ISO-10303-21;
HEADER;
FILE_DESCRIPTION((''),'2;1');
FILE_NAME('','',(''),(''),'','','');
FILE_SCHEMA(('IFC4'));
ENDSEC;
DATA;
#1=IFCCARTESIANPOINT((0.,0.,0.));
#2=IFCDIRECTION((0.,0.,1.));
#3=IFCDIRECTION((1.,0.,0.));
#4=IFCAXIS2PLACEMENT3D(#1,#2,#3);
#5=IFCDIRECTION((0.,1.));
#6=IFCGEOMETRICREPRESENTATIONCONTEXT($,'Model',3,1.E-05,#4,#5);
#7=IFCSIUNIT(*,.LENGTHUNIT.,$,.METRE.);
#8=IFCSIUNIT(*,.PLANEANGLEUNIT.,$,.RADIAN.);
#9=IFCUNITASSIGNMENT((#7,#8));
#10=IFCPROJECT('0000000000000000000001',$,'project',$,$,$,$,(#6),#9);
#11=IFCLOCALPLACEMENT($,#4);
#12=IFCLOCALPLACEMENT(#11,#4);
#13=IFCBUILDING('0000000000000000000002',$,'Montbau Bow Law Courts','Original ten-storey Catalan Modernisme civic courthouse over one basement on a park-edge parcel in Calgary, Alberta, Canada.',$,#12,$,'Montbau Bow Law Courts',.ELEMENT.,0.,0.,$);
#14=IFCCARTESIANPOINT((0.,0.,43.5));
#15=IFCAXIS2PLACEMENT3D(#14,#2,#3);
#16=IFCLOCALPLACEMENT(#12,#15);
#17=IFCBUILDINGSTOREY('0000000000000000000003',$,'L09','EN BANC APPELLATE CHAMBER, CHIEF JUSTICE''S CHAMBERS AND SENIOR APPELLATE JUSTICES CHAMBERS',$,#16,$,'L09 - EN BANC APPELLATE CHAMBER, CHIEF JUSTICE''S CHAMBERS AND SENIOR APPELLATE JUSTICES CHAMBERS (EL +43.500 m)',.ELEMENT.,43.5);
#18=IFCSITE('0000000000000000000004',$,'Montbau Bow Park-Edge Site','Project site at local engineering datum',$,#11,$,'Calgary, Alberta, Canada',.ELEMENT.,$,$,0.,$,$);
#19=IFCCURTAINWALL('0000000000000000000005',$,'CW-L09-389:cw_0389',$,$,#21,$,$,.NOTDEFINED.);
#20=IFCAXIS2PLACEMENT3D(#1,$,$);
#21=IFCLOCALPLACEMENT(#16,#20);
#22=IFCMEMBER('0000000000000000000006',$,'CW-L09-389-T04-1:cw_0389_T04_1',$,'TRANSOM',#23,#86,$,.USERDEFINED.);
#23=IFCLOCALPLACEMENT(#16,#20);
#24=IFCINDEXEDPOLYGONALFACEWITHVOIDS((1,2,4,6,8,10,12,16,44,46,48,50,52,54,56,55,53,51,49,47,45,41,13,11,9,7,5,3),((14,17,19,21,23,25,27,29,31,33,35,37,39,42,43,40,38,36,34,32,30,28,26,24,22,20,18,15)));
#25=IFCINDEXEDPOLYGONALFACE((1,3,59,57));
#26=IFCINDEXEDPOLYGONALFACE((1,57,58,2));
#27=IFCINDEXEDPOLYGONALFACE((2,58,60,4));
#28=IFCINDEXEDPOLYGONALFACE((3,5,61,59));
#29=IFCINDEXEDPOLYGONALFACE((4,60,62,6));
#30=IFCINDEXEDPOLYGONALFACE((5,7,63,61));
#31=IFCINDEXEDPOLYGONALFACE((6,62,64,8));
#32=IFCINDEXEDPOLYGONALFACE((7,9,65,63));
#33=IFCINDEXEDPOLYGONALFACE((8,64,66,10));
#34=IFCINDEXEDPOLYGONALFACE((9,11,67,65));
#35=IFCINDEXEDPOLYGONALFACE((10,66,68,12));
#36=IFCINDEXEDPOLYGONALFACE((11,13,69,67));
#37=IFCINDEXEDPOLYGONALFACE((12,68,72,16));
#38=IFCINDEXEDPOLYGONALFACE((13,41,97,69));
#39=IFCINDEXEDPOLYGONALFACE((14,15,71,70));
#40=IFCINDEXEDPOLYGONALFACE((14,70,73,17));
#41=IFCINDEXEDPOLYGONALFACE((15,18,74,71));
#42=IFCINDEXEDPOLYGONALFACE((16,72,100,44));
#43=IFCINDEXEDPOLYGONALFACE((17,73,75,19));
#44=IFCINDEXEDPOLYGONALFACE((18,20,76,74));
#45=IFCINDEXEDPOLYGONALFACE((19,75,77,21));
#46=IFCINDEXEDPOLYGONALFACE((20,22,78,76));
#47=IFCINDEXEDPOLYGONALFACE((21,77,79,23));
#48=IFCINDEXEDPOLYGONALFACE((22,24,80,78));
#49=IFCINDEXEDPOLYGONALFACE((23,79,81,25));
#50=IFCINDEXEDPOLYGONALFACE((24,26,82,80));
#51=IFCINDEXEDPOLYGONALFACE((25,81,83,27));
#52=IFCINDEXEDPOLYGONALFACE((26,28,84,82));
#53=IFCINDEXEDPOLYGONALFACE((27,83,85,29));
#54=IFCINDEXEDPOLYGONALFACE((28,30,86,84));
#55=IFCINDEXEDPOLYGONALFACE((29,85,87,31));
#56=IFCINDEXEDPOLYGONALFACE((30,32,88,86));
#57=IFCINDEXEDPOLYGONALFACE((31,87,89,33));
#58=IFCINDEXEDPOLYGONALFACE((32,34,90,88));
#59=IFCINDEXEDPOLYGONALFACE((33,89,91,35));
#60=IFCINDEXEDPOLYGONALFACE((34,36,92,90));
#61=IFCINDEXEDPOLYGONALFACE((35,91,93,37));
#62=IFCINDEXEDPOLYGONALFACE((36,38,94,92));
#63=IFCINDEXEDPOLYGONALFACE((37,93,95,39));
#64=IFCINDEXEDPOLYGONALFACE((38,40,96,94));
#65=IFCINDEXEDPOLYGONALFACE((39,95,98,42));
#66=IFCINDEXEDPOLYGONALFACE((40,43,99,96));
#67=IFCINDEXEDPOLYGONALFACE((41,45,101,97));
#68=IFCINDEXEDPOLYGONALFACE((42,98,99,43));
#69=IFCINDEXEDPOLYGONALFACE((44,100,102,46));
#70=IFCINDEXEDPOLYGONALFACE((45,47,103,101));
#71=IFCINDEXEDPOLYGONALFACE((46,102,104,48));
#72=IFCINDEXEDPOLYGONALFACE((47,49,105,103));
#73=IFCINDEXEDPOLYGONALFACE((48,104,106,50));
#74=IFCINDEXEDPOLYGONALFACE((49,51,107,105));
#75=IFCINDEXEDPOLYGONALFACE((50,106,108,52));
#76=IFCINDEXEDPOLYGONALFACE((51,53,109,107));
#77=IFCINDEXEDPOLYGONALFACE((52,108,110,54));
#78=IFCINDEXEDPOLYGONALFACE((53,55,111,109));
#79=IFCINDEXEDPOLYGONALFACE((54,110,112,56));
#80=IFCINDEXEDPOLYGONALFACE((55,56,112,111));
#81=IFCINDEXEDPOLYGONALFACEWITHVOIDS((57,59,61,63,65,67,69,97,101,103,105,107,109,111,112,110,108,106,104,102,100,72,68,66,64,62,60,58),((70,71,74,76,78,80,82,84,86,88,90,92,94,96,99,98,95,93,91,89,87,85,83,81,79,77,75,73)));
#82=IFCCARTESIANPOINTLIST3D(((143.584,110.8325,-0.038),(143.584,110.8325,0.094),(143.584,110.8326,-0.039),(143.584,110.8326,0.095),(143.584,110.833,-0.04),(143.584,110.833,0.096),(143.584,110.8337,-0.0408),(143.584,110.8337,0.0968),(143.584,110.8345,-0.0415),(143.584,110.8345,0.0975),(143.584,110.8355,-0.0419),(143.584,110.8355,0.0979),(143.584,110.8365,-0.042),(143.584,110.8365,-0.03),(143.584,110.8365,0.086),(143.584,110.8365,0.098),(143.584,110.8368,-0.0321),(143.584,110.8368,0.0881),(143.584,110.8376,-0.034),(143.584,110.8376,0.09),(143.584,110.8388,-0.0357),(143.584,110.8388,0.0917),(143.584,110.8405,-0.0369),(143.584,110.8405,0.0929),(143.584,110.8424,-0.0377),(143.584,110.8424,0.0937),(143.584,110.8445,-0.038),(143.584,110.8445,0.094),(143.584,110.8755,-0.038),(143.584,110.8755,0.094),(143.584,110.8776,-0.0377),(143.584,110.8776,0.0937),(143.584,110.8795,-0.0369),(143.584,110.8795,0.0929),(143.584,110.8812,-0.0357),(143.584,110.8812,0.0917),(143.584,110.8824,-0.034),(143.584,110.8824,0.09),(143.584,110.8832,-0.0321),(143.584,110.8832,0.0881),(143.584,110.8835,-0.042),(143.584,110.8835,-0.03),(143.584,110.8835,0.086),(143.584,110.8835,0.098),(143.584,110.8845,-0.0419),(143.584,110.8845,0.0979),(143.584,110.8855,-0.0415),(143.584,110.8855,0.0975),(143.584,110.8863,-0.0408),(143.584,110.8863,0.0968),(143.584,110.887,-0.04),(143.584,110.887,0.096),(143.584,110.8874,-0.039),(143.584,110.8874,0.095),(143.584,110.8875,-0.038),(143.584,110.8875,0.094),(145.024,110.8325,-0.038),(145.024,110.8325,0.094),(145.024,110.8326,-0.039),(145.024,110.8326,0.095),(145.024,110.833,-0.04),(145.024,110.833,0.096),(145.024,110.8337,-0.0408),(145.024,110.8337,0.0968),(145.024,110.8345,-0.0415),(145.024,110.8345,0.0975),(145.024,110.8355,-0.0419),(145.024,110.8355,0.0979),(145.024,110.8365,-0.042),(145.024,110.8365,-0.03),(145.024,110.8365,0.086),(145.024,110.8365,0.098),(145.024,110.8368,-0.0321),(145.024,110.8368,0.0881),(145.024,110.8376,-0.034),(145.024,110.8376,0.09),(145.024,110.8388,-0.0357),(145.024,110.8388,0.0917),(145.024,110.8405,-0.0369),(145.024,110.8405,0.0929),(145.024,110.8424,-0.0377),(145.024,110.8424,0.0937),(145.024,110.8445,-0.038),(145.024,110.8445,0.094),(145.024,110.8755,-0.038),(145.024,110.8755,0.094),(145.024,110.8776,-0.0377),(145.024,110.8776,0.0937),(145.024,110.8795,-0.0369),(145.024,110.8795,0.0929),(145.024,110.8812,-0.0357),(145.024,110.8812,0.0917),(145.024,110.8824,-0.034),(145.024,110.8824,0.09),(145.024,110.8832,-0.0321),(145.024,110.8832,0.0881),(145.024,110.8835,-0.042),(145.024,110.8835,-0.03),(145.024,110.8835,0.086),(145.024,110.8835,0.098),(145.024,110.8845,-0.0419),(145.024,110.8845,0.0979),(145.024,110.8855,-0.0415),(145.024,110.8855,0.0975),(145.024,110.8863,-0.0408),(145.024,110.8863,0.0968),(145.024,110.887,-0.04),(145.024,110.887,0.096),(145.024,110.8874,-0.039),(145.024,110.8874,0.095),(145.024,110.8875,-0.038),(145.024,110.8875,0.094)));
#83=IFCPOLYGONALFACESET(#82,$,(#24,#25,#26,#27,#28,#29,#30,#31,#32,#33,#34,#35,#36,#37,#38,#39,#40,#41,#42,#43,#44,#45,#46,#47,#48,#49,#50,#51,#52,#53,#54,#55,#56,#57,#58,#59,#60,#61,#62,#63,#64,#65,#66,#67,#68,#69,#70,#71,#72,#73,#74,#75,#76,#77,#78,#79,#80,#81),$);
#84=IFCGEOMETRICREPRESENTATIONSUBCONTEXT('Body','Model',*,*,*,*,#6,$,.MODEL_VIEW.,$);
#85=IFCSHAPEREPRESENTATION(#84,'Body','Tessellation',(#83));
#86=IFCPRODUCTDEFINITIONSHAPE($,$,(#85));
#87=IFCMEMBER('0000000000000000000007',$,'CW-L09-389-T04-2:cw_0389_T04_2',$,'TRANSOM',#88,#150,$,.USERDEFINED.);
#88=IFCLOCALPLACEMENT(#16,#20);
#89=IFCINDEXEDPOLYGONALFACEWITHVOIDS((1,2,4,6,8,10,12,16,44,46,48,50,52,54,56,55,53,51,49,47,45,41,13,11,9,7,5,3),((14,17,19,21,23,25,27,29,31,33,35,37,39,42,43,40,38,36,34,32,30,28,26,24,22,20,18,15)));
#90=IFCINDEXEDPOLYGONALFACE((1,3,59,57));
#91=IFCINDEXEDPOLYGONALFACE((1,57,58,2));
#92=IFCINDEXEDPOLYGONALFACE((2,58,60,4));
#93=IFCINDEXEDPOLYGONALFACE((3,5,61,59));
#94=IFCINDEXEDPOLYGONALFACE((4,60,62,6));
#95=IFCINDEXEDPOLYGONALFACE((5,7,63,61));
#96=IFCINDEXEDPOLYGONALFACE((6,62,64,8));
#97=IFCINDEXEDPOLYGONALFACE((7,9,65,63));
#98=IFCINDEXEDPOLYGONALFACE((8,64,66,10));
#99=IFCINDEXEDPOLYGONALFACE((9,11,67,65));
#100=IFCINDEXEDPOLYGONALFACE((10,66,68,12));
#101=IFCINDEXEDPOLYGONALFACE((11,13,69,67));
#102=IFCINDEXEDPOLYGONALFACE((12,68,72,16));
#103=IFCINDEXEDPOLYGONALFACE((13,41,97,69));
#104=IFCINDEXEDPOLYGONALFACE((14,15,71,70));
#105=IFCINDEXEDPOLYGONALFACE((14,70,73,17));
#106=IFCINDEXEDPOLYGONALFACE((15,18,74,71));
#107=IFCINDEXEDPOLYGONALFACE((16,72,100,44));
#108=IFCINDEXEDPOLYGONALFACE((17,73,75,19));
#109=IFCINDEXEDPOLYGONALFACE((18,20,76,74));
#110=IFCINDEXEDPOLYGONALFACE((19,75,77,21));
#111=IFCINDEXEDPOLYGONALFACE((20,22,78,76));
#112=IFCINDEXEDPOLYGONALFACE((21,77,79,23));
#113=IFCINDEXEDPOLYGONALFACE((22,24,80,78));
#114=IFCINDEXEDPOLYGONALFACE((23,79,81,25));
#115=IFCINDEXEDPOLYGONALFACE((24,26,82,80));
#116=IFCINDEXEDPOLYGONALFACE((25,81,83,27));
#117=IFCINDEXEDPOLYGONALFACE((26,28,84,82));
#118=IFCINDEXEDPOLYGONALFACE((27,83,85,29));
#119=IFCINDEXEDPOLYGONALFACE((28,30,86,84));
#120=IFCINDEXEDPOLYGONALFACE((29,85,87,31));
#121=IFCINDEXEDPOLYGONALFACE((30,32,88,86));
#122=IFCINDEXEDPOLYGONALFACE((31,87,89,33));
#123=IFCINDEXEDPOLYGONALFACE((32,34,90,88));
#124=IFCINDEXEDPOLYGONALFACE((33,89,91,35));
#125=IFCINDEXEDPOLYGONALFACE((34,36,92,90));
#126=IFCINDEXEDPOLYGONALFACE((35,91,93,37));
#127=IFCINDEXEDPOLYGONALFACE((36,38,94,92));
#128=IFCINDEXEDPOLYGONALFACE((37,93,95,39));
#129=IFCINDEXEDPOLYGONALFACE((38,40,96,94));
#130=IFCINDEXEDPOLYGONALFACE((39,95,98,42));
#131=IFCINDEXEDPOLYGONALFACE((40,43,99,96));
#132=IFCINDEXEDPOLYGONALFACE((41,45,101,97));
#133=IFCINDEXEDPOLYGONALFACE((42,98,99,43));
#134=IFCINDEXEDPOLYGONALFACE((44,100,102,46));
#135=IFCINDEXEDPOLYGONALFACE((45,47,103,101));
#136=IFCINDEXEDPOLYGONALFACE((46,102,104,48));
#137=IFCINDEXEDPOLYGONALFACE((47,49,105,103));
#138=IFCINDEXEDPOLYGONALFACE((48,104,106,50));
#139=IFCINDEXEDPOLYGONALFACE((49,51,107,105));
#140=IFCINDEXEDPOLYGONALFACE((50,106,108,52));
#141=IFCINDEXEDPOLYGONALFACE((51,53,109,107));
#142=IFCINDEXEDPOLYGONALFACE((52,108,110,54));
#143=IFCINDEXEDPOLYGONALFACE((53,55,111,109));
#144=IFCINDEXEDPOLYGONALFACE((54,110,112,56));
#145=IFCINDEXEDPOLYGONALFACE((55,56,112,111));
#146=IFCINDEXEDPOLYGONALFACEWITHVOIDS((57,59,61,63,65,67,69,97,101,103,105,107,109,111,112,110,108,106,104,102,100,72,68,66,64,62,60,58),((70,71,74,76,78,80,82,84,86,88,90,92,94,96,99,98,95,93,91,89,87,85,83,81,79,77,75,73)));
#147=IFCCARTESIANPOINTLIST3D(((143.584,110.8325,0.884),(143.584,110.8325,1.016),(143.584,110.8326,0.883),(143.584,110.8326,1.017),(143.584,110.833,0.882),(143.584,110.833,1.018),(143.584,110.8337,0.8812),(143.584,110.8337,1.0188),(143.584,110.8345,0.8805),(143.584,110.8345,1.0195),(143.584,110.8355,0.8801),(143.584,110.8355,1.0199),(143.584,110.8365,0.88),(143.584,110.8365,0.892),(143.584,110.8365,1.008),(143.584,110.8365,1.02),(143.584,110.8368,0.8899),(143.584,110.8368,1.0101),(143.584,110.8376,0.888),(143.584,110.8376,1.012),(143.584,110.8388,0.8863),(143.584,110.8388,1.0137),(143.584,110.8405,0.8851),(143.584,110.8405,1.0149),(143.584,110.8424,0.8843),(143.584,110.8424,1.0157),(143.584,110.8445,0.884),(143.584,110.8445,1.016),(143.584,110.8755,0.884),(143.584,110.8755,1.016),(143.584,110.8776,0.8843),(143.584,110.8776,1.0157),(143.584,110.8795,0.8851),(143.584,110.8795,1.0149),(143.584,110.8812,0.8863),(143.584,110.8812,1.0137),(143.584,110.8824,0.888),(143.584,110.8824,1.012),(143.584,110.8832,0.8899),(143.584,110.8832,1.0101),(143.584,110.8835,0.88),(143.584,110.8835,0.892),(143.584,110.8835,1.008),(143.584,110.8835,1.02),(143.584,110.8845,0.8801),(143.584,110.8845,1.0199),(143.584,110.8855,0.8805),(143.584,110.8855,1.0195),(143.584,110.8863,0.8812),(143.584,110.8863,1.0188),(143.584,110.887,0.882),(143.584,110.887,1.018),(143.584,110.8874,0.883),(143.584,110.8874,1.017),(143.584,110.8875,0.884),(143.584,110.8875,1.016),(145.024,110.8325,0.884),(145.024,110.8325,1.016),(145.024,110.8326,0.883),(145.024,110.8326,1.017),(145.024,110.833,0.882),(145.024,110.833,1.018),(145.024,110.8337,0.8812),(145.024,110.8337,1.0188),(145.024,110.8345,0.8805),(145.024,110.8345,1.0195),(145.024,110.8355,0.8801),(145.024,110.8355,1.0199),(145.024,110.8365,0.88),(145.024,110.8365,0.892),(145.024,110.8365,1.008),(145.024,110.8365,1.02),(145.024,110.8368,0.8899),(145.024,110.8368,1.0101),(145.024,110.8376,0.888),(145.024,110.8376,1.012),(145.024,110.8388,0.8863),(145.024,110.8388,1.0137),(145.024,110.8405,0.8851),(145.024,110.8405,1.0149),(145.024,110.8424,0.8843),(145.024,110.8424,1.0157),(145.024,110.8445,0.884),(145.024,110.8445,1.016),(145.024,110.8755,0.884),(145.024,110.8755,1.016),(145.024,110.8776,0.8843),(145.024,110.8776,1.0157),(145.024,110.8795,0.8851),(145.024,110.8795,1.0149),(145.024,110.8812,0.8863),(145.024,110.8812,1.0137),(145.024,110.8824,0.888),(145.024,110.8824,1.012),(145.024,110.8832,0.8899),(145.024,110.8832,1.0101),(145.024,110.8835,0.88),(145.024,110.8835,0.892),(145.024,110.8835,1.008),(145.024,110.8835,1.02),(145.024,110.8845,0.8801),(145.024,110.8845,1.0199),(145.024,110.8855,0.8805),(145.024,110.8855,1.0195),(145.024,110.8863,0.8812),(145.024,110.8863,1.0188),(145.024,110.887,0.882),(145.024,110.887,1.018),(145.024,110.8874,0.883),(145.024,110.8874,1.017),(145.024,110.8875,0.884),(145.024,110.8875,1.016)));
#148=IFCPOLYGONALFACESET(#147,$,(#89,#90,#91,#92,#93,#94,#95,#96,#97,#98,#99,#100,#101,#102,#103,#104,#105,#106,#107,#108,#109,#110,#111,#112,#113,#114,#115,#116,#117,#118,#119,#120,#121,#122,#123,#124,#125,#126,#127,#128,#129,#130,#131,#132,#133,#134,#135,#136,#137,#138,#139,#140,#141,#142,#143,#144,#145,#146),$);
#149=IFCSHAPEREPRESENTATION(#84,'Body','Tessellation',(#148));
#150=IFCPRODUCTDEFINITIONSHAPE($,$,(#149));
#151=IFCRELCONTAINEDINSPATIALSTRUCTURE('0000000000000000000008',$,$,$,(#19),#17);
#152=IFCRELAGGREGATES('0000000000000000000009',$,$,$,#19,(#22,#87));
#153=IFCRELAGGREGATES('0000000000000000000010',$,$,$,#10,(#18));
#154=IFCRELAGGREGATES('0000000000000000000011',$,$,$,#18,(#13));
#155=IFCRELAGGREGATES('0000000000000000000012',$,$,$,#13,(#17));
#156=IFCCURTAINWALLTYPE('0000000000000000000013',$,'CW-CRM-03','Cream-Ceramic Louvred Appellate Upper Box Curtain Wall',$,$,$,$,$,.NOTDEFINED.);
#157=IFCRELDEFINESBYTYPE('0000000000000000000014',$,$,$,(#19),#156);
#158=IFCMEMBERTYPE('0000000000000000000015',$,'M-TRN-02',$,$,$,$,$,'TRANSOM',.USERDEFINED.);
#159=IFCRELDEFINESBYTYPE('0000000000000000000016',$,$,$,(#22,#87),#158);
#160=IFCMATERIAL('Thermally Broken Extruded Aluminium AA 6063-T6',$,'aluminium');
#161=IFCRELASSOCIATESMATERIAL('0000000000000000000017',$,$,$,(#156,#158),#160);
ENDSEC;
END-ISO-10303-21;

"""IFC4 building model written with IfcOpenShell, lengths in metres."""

from ifc_helpers import new_model, si_unit, direction, frame, origin_with_axes, origin_2d_with_axis, place, context, subcontext, project, spatial, hollow_rectangle, extrude, material, material_profile, profile_set, type_object, element, aggregate, save


model = new_model("IFC4")

# Units and contexts
model_context = context("Model", 3, precision=1e-05, world=origin_with_axes(), true_north=direction((0.0, 1.0)))
body_context = subcontext(model_context, "Body", "Model", "MODEL_VIEW")
ifc_project = project(units=[si_unit("LENGTHUNIT", "METRE"), si_unit("PLANEANGLEUNIT", "RADIAN")], contexts=[model_context])

# Site, building, storey
site_placement = place(None, origin_with_axes())
site = spatial("IfcSite", under=ifc_project, at=site_placement, Name="Montbau Bow Park-Edge Site", Description="Project site at local engineering datum", LongName="Calgary, Alberta, Canada", CompositionType="ELEMENT", RefElevation=0.0)
building_placement = place(site_placement, origin_with_axes())
building = spatial("IfcBuilding", under=site, at=building_placement, Name="Montbau Bow Law Courts", Description="Original ten-storey Catalan Modernisme civic courthouse over one basement on a park-edge parcel in Calgary, Alberta, Canada.", LongName="Montbau Bow Law Courts", CompositionType="ELEMENT", ElevationOfRefHeight=0.0, ElevationOfTerrain=0.0)
storey_placement = place(building_placement, frame((0.0, 0.0, 43.5), z_axis=(0.0, 0.0, 1.0), x_axis=(1.0, 0.0, 0.0)))
storey = spatial("IfcBuildingStorey", under=building, at=storey_placement, Name="L09", Description="EN BANC APPELLATE CHAMBER, CHIEF JUSTICE'S CHAMBERS AND SENIOR APPELLATE JUSTICES CHAMBERS", LongName="L09 - EN BANC APPELLATE CHAMBER, CHIEF JUSTICE'S CHAMBERS AND SENIOR APPELLATE JUSTICES CHAMBERS (EL +43.500 m)", CompositionType="ELEMENT", Elevation=43.5)

# Curtain wall, members
ifc_material_1 = material(Name="Thermally Broken Extruded Aluminium AA 6063-T6", Category="aluminium")
curtain_wall_type = type_object("IfcCurtainWallType", Name="CW-CRM-03", Description="Cream-Ceramic Louvred Appellate Upper Box Curtain Wall", PredefinedType="NOTDEFINED", material=ifc_material_1)
curtain_wall_placement = place(None, frame((139.04, 110.86, 43.5), z_axis=(0.0, 0.0, 1.0), x_axis=(1.0, 0.0, 0.0)))
curtain_wall = element("IfcCurtainWall", 1, at=curtain_wall_placement, inside=storey, type_object=curtain_wall_type, Name="CW-L09-389:cw_0389", PredefinedType="NOTDEFINED")
ifc_material_profile_1 = material_profile(ifc_material_1, hollow_rectangle(XDim=0.055, YDim=0.14, WallThickness=0.004, InnerFilletRadius=0.008, OuterFilletRadius=0.004, at=origin_2d_with_axis()), Name="CWT-140X55", Category="Main", Priority=0)
ifc_profile_set_1 = profile_set([ifc_material_profile_1], Name="Thermally Broken Extruded Aluminium AA 6063-T6")
member_type_1 = type_object("IfcMemberType", Name="M-TRN-02", ElementType="TRANSOM", PredefinedType="USERDEFINED", material=ifc_profile_set_1)
member_1_placement = place(None, frame((143.584, 110.86, 43.528), z_axis=(1.0, 0.0, 0.0), x_axis=(0.0, 1.0, 0.0)))
member_1 = element("IfcMember", 2, at=member_1_placement, type_object=member_type_1, Name="CW-L09-389-T04-1:cw_0389_T04_1", ObjectType="TRANSOM", PredefinedType="USERDEFINED", context=body_context, shape_type="SweptSolid", body=[
    extrude(hollow_rectangle(XDim=0.055, YDim=0.14, WallThickness=0.004, InnerFilletRadius=0.008, OuterFilletRadius=0.004, at=origin_2d_with_axis()), origin_with_axes(), (0.0, 0.0, 1.0), 1.44),
])
member_2_placement = place(None, frame((143.584, 110.86, 44.45), z_axis=(1.0, 0.0, 0.0), x_axis=(0.0, 1.0, 0.0)))
member_2 = element("IfcMember", 3, at=member_2_placement, type_object=member_type_1, Name="CW-L09-389-T04-2:cw_0389_T04_2", ObjectType="TRANSOM", PredefinedType="USERDEFINED", context=body_context, shape_type="SweptSolid", body=[
    extrude(hollow_rectangle(XDim=0.055, YDim=0.14, WallThickness=0.004, InnerFilletRadius=0.008, OuterFilletRadius=0.004, at=origin_2d_with_axis()), origin_with_axes(), (0.0, 0.0, 1.0), 1.44),
])
aggregate(curtain_wall, [member_1, member_2])

save(model, "model.ifc")
